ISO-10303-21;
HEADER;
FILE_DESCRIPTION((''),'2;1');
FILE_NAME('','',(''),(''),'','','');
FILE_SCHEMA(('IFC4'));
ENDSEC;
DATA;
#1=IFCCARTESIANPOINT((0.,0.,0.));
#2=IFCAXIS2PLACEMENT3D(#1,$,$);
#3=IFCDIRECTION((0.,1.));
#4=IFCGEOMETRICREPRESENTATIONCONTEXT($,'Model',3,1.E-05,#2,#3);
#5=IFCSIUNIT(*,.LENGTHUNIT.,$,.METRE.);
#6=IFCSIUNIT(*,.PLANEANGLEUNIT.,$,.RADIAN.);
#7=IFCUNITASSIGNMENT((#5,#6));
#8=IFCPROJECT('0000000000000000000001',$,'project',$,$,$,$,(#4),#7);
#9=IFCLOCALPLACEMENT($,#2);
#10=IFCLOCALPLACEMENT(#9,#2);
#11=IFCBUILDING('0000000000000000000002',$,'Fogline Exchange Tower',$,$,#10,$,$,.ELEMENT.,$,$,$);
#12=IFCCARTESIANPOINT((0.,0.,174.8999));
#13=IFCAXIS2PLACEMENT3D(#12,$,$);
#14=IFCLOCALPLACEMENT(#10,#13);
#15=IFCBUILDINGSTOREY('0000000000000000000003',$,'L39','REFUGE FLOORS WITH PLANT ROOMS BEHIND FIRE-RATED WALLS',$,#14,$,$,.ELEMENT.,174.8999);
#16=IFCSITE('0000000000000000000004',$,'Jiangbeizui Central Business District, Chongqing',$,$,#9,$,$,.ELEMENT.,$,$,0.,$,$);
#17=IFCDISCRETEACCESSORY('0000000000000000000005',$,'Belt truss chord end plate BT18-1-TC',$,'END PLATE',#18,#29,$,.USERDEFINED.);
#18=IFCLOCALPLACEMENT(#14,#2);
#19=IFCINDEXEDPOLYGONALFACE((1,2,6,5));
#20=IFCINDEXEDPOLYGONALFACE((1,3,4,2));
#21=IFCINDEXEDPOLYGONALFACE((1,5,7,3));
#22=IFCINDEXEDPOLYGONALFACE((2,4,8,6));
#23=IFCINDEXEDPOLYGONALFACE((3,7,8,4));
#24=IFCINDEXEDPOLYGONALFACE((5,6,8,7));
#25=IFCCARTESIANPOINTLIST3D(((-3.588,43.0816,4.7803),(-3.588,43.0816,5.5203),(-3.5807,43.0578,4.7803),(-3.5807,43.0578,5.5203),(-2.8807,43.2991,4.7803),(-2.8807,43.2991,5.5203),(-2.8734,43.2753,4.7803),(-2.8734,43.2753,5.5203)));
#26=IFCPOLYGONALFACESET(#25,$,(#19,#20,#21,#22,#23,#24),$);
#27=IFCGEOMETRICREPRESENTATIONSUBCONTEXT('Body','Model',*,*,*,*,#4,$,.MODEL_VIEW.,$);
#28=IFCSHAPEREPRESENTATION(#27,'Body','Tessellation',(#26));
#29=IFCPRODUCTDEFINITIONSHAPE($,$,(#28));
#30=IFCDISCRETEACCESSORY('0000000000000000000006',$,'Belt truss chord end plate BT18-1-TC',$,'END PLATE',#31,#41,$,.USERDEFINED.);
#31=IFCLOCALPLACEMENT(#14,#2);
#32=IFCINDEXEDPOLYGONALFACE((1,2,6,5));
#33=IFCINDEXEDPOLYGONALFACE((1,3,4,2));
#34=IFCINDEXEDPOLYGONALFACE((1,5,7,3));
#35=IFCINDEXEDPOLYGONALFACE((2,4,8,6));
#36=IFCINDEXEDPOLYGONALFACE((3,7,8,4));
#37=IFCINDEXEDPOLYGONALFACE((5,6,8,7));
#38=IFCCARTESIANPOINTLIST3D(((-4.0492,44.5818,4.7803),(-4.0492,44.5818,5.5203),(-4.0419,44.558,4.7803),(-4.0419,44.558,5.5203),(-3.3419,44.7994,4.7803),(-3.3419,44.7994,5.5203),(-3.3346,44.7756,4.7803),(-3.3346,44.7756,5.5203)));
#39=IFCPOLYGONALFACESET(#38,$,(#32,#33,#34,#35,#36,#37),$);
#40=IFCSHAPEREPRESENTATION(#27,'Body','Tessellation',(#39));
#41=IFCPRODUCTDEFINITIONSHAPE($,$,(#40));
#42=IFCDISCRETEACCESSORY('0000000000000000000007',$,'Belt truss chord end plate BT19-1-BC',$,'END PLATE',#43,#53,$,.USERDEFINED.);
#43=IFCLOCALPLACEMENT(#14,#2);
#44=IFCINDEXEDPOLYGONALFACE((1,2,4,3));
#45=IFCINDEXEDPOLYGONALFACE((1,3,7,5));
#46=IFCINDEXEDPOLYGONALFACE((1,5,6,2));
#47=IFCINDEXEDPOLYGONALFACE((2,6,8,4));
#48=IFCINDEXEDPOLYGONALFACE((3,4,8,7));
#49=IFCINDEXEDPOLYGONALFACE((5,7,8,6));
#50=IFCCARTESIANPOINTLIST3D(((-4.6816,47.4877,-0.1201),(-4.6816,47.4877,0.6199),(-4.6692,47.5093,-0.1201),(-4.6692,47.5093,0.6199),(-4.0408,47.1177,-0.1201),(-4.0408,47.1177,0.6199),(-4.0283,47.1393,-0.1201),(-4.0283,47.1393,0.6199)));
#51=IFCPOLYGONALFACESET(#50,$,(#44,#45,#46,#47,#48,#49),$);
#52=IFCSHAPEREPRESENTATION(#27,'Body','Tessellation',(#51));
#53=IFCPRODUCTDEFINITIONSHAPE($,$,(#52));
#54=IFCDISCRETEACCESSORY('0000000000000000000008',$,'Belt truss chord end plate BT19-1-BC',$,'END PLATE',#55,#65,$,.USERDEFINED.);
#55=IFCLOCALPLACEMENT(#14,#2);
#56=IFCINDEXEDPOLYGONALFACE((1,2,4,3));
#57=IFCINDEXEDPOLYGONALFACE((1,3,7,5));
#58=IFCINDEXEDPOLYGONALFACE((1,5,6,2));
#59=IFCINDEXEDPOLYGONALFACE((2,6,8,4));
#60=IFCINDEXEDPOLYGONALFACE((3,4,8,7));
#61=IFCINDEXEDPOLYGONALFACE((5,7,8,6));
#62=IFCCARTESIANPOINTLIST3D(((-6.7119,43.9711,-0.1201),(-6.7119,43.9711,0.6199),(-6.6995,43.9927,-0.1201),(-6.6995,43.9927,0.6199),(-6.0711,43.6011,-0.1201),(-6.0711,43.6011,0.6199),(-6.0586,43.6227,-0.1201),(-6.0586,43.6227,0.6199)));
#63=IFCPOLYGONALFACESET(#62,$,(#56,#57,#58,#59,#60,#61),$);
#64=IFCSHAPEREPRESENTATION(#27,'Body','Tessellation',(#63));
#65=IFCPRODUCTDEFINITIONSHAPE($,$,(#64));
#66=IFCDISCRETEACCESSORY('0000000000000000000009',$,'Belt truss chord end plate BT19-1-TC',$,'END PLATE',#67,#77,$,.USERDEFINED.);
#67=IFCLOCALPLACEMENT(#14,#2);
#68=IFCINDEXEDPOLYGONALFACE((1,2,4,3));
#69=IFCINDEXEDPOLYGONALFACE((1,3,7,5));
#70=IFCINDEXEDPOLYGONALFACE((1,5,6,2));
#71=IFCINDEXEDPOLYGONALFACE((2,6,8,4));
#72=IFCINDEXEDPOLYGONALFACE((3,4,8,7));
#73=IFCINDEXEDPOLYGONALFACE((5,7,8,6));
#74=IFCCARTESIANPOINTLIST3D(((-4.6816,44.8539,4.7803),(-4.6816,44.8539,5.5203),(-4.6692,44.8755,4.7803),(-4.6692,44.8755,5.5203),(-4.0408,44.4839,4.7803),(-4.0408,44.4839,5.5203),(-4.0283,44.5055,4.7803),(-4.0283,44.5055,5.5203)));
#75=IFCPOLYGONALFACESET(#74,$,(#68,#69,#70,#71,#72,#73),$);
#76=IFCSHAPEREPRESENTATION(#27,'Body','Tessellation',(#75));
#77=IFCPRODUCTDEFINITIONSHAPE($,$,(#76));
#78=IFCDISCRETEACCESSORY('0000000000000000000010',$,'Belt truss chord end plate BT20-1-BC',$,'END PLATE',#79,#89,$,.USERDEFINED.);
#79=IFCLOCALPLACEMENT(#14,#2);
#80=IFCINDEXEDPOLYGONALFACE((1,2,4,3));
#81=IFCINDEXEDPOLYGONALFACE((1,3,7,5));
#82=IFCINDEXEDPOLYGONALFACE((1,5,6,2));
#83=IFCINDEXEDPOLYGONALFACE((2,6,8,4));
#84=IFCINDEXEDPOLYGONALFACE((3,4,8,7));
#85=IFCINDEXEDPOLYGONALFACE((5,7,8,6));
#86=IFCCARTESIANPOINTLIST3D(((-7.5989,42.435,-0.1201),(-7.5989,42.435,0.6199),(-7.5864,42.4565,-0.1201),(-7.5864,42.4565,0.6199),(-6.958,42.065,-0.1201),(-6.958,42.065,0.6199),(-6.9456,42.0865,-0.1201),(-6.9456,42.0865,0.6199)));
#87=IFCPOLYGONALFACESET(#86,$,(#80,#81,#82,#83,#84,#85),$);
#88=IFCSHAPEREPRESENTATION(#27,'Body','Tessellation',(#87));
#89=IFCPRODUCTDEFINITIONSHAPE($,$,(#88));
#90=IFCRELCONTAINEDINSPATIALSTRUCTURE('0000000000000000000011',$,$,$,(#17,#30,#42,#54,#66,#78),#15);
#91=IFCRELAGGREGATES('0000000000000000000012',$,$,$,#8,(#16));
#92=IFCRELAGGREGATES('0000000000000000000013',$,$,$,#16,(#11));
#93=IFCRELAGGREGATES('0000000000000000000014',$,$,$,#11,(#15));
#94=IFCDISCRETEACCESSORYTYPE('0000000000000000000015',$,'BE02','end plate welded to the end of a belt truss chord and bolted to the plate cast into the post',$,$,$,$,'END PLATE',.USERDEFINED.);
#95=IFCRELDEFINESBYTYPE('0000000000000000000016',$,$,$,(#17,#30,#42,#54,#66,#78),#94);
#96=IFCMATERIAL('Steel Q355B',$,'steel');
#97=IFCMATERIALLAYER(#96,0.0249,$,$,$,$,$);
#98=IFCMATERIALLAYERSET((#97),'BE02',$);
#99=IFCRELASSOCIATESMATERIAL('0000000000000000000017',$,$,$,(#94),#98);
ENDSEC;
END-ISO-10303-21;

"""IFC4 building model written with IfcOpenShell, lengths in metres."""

from ifc_helpers import new_model, si_unit, direction, frame, origin, origin_2d, place, context, subcontext, project, spatial, rectangle, extrude, material, layer, layer_set, type_object, element, save


model = new_model("IFC4")

# Units and contexts
model_context = context("Model", 3, precision=1e-05, world=origin(), true_north=direction((0.0, 1.0)))
body_context = subcontext(model_context, "Body", "Model", "MODEL_VIEW")
ifc_project = project(units=[si_unit("LENGTHUNIT", "METRE"), si_unit("PLANEANGLEUNIT", "RADIAN")], contexts=[model_context])

# Site, building, storey
site_placement = place(None, origin())
site = spatial("IfcSite", under=ifc_project, at=site_placement, Name="Jiangbeizui Central Business District, Chongqing", CompositionType="ELEMENT", RefElevation=0.0)
building_placement = place(site_placement, origin())
building = spatial("IfcBuilding", under=site, at=building_placement, Name="Fogline Exchange Tower", CompositionType="ELEMENT")
storey_placement = place(building_placement, frame((0.0, 0.0, 174.8999)))
storey = spatial("IfcBuildingStorey", under=building, at=storey_placement, Name="L39", Description="REFUGE FLOORS WITH PLANT ROOMS BEHIND FIRE-RATED WALLS", CompositionType="ELEMENT", Elevation=174.8999)

# Shared definitions
ifc_material_1 = material(Name="Steel Q355B", Category="steel")

# Discrete accessories
ifc_layer_1 = layer(ifc_material_1, 0.0249)
ifc_layer_set_1 = layer_set([ifc_layer_1], Name="BE02")
discrete_accessory_type = type_object("IfcDiscreteAccessoryType", Name="BE02", Description="end plate welded to the end of a belt truss chord and bolted to the plate cast into the post", ElementType="END PLATE", PredefinedType="USERDEFINED", material=ifc_layer_set_1)
for number, where, z_axis, x_axis, name in (
    (1, (-3.2307, 43.1785, 4.7803), (0.0, 0.0, 1.0), (0.293962, -0.955817, 0.0), "Belt truss chord end plate BT18-1-TC"),
    (2, (-3.6919, 44.6787, 4.7803), (0.0, 0.0, 1.0), (-0.293962, 0.955817, 0.0), "Belt truss chord end plate BT18-1-TC"),
    (3, (-4.355, 47.3135, -0.1201), (0.0, 0.0, 1.0), (0.5, 0.866025, 0.0), "Belt truss chord end plate BT19-1-BC"),
    (4, (-6.3853, 43.7969, -0.1201), (0.0, 0.0, 1.0), (-0.5, -0.866025, 0.0), "Belt truss chord end plate BT19-1-BC"),
    (5, (-4.355, 44.6797, 4.7803), (0.0, 0.0, 1.0), (0.5, 0.866025, 0.0), "Belt truss chord end plate BT19-1-TC"),
    (6, (-7.2722, 42.2607, -0.1201), (0.0, 0.0, 1.0), (0.5, 0.866025, 0.0), "Belt truss chord end plate BT20-1-BC"),
):
    element("IfcDiscreteAccessory", number, at=place(storey_placement, frame(where, z_axis=z_axis, x_axis=x_axis)), inside=storey, type_object=discrete_accessory_type, Name=name, ObjectType="END PLATE", PredefinedType="USERDEFINED", context=body_context, shape_type="SweptSolid", body=[
        extrude(rectangle(XDim=0.0249, YDim=0.74, at=origin_2d()), origin(), (0.0, 0.0, 1.0), 0.74),
    ])

save(model, "model.ifc")
